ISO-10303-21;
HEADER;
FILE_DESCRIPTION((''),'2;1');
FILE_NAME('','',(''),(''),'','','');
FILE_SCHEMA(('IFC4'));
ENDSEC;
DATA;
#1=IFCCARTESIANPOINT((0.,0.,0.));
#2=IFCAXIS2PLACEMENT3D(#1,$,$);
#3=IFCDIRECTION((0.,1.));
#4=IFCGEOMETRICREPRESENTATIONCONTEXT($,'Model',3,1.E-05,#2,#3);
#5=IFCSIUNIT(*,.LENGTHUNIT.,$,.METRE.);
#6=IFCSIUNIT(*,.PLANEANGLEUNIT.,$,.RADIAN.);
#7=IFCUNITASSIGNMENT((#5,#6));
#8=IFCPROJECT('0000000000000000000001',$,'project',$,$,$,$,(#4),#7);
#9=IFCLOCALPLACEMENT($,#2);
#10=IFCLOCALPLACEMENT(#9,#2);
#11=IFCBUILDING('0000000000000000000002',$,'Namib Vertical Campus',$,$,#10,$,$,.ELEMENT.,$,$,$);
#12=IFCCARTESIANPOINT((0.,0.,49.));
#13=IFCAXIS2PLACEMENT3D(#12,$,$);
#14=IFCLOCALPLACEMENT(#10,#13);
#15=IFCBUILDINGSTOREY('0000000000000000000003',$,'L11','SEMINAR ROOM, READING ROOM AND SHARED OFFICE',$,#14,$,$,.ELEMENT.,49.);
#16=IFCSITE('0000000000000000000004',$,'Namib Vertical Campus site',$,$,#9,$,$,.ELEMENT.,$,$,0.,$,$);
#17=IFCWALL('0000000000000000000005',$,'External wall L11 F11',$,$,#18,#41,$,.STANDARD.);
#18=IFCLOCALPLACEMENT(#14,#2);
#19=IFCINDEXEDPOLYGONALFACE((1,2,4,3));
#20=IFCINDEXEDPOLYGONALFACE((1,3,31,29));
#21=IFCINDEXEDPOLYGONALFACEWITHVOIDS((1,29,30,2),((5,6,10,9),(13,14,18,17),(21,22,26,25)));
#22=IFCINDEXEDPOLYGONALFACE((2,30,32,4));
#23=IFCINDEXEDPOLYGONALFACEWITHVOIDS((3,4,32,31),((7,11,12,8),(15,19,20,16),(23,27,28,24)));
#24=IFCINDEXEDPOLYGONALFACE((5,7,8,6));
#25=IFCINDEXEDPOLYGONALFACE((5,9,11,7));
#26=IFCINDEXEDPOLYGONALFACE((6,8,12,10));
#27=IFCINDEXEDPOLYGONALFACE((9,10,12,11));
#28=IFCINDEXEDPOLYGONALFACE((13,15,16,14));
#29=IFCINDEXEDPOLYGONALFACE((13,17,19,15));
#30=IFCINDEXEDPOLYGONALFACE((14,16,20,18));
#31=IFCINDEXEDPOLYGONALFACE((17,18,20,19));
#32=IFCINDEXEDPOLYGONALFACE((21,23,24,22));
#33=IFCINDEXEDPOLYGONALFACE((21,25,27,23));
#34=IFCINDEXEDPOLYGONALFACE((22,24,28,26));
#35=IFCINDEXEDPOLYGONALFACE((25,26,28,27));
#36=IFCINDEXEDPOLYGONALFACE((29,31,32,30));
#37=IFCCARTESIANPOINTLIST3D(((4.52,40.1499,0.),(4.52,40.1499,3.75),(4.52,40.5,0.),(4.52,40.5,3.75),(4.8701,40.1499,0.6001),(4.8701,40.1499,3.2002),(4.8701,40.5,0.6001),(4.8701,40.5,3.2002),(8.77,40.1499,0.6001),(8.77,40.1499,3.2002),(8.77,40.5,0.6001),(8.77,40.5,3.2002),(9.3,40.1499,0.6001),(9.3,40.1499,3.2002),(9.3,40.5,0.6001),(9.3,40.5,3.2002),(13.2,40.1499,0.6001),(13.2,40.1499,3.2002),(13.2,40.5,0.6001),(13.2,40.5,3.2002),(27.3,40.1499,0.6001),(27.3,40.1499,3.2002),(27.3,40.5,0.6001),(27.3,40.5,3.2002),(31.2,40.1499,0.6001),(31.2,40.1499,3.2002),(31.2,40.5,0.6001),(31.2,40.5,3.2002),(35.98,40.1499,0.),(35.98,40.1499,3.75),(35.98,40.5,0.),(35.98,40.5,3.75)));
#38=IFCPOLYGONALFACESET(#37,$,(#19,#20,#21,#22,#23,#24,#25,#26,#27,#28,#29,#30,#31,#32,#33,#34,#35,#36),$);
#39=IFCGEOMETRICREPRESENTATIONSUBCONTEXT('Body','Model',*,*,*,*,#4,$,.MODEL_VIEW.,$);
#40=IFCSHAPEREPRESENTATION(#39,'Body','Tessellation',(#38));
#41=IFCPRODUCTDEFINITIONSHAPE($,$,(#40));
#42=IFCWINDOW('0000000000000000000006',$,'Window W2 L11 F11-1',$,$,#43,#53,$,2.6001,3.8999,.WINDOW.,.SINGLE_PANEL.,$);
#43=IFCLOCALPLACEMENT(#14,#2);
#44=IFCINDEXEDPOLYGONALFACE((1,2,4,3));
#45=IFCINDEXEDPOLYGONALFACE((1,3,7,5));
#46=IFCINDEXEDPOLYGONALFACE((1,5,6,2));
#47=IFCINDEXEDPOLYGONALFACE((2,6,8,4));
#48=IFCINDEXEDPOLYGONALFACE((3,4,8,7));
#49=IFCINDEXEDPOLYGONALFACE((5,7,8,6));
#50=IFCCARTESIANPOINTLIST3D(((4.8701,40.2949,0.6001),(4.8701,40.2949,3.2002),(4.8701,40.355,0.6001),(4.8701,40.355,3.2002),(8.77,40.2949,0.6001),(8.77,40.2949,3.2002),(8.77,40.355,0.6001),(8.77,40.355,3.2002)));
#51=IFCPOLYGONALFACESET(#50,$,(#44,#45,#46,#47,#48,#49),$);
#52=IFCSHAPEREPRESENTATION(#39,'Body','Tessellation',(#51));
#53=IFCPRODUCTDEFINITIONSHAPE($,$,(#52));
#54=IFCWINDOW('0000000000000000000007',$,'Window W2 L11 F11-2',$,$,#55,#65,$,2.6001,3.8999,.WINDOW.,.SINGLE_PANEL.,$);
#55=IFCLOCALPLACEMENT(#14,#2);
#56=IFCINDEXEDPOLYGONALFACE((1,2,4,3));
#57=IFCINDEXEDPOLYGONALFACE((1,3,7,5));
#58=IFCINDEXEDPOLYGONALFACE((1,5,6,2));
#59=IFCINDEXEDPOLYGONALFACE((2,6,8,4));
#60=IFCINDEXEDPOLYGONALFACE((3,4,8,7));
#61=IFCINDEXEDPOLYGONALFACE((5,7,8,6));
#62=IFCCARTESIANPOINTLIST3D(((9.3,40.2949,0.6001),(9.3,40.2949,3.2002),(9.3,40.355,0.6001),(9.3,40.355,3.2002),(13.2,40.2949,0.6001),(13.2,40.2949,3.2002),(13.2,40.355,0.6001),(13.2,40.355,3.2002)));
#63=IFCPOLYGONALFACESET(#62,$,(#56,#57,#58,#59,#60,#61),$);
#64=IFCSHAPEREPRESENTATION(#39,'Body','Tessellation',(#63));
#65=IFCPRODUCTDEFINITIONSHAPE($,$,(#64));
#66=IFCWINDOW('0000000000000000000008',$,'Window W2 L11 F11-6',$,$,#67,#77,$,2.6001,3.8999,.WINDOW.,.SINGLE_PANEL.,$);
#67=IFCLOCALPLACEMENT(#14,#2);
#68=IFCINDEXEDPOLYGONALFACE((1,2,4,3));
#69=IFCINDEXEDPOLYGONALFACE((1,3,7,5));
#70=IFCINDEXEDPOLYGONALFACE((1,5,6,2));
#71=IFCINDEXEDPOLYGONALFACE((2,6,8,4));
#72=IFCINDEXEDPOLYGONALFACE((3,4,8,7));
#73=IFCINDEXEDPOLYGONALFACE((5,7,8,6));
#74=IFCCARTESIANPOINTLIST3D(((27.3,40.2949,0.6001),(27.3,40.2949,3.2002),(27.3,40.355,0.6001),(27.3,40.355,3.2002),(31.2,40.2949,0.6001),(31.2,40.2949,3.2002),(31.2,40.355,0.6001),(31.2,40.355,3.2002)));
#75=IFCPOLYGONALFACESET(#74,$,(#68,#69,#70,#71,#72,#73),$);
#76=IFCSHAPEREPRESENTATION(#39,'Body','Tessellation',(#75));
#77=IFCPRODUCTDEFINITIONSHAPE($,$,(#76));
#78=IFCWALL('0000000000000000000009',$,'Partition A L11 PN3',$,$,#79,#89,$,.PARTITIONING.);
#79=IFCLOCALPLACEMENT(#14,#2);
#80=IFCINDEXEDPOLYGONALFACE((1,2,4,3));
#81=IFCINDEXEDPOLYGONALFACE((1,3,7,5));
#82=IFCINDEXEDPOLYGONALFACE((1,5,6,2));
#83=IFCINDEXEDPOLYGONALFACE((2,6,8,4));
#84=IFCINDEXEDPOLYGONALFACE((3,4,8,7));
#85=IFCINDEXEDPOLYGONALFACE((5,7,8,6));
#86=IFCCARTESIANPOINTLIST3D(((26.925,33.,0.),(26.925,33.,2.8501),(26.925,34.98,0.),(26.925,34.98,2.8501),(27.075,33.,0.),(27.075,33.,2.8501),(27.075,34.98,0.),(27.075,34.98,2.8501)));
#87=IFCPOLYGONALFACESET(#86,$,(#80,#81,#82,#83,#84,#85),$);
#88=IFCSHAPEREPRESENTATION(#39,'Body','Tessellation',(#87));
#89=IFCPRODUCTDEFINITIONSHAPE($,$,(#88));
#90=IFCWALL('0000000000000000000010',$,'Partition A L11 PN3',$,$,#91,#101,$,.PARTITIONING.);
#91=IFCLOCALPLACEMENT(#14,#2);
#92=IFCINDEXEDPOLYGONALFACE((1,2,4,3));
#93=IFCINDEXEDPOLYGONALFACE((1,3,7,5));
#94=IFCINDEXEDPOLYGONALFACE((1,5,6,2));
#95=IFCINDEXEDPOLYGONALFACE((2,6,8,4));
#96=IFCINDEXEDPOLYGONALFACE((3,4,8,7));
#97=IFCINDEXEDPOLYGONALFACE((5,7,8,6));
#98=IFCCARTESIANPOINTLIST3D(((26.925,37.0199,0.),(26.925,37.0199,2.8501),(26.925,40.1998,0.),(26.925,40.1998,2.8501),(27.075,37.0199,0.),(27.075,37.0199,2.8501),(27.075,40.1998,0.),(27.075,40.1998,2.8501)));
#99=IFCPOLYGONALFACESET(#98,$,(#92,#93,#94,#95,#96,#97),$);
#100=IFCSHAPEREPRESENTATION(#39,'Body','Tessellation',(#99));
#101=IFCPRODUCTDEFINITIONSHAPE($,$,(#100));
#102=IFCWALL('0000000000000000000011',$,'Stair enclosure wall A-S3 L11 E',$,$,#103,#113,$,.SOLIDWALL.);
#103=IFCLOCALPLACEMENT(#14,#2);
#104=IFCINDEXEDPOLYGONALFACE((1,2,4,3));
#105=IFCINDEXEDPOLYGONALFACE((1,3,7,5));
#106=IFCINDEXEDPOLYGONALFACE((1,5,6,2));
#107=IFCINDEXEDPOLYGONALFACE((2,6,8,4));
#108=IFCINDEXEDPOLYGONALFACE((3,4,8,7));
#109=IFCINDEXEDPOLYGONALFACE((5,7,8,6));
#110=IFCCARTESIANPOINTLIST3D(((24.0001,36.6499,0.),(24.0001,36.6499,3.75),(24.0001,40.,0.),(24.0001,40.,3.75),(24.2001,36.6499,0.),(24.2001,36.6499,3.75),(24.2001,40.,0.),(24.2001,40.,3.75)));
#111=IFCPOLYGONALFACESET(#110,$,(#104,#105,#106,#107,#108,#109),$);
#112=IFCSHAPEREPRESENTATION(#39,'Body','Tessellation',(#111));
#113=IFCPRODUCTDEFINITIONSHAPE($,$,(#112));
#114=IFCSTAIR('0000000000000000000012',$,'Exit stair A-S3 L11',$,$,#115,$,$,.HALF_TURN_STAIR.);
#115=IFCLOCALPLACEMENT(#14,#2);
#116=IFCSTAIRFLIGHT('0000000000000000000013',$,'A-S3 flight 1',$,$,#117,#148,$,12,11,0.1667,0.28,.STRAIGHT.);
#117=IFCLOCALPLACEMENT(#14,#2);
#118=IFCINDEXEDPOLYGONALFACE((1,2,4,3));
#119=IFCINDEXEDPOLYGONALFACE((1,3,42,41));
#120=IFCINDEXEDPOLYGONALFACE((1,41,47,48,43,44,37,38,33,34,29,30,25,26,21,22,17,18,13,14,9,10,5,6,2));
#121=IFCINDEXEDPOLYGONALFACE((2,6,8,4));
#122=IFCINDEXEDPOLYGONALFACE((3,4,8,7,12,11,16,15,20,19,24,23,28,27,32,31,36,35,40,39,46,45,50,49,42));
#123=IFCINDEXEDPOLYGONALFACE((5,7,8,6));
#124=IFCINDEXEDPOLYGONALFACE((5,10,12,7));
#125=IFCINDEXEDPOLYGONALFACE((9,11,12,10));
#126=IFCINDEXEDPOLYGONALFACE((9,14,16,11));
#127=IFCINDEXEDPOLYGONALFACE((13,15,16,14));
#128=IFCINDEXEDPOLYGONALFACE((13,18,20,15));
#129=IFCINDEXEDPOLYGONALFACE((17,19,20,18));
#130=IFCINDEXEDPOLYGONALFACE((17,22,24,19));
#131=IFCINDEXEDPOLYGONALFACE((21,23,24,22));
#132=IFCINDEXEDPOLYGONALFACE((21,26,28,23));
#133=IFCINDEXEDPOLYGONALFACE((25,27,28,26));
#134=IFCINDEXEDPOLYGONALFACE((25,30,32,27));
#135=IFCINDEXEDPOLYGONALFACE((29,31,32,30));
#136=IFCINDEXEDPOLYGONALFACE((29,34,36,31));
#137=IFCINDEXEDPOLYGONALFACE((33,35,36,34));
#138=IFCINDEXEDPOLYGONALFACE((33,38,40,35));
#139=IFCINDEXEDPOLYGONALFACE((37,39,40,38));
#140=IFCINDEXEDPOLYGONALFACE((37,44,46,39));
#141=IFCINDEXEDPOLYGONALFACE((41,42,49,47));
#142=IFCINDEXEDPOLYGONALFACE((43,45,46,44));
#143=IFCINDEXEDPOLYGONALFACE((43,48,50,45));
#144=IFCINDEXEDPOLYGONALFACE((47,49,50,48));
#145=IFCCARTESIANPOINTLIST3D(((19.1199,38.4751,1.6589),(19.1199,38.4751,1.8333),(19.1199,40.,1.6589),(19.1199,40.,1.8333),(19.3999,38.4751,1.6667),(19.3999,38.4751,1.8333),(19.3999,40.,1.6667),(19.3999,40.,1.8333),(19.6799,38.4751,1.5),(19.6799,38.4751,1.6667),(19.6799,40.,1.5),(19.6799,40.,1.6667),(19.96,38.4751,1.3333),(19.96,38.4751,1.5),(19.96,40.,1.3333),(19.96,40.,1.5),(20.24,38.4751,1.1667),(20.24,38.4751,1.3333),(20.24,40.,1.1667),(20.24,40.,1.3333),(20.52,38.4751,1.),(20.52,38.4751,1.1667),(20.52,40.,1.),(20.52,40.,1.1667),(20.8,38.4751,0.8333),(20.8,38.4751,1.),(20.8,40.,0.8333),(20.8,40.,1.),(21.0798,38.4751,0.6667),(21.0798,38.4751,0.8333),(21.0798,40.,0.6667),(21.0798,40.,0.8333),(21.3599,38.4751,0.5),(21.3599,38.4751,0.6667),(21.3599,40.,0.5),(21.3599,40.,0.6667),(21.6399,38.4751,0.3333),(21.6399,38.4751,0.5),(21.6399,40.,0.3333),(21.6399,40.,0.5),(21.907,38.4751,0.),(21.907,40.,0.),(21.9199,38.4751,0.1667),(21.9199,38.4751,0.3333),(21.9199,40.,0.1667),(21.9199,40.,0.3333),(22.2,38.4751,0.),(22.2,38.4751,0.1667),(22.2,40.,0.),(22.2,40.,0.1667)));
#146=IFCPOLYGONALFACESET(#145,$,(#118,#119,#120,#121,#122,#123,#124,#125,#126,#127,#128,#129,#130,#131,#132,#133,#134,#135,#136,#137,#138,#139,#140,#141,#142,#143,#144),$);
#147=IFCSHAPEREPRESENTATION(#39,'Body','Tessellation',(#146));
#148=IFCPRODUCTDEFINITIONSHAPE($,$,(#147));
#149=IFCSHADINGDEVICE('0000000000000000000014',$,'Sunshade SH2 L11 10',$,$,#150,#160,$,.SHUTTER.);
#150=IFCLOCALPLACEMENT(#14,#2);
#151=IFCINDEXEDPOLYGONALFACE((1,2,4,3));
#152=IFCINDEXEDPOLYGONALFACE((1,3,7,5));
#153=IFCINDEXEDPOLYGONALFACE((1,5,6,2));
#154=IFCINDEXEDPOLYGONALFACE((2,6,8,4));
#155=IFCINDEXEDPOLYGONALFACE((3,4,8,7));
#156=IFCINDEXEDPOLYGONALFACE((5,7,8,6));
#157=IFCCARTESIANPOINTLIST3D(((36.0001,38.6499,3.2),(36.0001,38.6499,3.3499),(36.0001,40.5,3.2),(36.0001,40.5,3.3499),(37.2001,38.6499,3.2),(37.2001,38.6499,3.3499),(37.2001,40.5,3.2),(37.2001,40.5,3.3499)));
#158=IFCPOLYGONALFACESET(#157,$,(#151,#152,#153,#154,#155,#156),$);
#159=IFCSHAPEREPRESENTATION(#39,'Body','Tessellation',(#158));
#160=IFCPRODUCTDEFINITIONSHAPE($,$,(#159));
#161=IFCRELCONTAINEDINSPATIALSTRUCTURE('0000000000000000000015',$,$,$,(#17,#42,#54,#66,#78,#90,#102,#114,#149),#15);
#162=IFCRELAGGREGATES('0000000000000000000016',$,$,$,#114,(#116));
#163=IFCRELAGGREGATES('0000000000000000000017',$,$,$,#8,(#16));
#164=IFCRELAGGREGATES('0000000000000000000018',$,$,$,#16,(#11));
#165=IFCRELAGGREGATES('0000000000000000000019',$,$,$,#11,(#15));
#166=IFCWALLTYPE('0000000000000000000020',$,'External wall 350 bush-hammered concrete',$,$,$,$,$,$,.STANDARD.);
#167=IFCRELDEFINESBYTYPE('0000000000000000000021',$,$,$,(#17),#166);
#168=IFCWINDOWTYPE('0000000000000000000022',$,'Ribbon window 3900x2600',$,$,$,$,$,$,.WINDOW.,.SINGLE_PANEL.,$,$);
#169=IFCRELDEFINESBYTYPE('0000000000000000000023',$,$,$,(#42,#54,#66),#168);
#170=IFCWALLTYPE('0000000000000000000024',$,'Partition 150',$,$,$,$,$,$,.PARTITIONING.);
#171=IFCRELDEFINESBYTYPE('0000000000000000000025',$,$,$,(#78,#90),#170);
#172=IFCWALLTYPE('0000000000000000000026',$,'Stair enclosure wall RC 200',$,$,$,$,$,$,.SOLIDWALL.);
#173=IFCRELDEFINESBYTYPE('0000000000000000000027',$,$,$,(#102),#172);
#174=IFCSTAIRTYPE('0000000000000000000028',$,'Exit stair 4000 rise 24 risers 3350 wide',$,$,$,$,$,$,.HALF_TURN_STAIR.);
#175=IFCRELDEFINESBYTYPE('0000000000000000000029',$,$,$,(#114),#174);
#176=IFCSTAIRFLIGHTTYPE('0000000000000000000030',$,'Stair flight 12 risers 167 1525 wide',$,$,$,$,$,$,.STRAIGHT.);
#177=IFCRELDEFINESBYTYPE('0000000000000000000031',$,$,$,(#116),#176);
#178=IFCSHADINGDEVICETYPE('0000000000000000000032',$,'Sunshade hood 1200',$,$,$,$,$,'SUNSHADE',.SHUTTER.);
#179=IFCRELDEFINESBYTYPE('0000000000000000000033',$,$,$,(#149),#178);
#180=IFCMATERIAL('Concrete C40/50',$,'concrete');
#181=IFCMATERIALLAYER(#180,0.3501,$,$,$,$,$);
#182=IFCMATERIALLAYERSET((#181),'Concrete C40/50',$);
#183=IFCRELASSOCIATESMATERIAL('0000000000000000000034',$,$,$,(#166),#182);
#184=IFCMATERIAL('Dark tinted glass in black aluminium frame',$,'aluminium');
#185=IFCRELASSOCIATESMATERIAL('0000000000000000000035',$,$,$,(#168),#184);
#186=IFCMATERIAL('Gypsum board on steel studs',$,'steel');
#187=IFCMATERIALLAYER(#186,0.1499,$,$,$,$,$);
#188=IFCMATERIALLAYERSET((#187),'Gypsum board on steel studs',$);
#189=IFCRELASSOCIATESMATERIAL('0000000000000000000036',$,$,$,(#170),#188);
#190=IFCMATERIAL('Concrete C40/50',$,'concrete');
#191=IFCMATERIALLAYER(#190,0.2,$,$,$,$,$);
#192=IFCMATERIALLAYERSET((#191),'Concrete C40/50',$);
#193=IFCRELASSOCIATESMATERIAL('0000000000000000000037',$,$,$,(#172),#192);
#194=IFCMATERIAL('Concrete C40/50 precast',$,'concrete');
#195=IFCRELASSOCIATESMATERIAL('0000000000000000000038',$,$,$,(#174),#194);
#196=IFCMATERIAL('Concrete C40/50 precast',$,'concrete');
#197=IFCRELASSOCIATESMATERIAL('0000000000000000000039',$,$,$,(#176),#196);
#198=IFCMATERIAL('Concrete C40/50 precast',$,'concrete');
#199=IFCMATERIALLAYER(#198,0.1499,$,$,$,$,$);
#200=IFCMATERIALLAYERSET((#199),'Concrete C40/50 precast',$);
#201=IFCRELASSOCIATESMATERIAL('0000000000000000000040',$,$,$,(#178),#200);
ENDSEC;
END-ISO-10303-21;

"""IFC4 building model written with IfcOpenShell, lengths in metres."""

from ifc_helpers import new_model, si_unit, direction, frame, frame_2d, origin, origin_2d, place, context, subcontext, project, spatial, polyline, rectangle, outline, extrude, material, layer, layer_set, type_object, element, fill, aggregate, save


model = new_model("IFC4")

# Units and contexts
model_context = context("Model", 3, precision=1e-05, world=origin(), true_north=direction((0.0, 1.0)))
body_context = subcontext(model_context, "Body", "Model", "MODEL_VIEW")
ifc_project = project(units=[si_unit("LENGTHUNIT", "METRE"), si_unit("PLANEANGLEUNIT", "RADIAN")], contexts=[model_context])

# Site, building, storey
site_placement = place(None, origin())
site = spatial("IfcSite", under=ifc_project, at=site_placement, Name="Namib Vertical Campus site", CompositionType="ELEMENT", RefElevation=0.0)
building_placement = place(site_placement, origin())
building = spatial("IfcBuilding", under=site, at=building_placement, Name="Namib Vertical Campus", CompositionType="ELEMENT")
storey_placement = place(building_placement, frame((0.0, 0.0, 49.0)))
storey = spatial("IfcBuildingStorey", under=building, at=storey_placement, Name="L11", Description="SEMINAR ROOM, READING ROOM AND SHARED OFFICE", CompositionType="ELEMENT", Elevation=49.0)

# Shared definitions
ifc_material_1 = material(Name="Concrete C40/50", Category="concrete")
ifc_layer_1 = layer(ifc_material_1, 0.3501)
ifc_layer_set_1 = layer_set([ifc_layer_1], Name="Concrete C40/50")
wall_type_1 = type_object("IfcWallType", Name="External wall 350 bush-hammered concrete", PredefinedType="STANDARD", material=ifc_layer_set_1)

# Wall, openings, windows
wall_1_placement = place(storey_placement, frame((35.98, 40.325, 0.0), z_axis=(0.0, 0.0, 1.0), x_axis=(-1.0, 0.0, 0.0)))
wall_1 = element("IfcWall", 1, at=wall_1_placement, inside=storey, type_object=wall_type_1, Name="External wall L11 F11", PredefinedType="STANDARD", context=body_context, shape_type="SweptSolid", body=[
    extrude(rectangle(XDim=31.46, YDim=0.3501, at=frame_2d((15.73, 0.0))), origin(), (0.0, 0.0, 1.0), 3.75),
])
opening_1_placement = place(wall_1_placement, frame((27.21, 0.0, 0.6001)))
opening_1 = element("IfcOpeningElement", 2, at=opening_1_placement, cuts=wall_1, PredefinedType="OPENING", context=body_context, shape_type="SweptSolid", body=[
    extrude(rectangle(XDim=3.8999, YDim=2.6001, at=frame_2d((1.95, 1.3))), frame((0.0, 0.1851, 0.0), z_axis=(0.0, -1.0, 0.0), x_axis=(1.0, 0.0, 0.0)), (0.0, 0.0, 1.0), 0.3701),
])
opening_2_placement = place(wall_1_placement, frame((22.78, 0.0, 0.6001)))
opening_2 = element("IfcOpeningElement", 3, at=opening_2_placement, cuts=wall_1, PredefinedType="OPENING", context=body_context, shape_type="SweptSolid", body=[
    extrude(rectangle(XDim=3.8999, YDim=2.6001, at=frame_2d((1.95, 1.3))), frame((0.0, 0.1851, 0.0), z_axis=(0.0, -1.0, 0.0), x_axis=(1.0, 0.0, 0.0)), (0.0, 0.0, 1.0), 0.3701),
])
opening_3_placement = place(wall_1_placement, frame((4.78, 0.0, 0.6001)))
opening_3 = element("IfcOpeningElement", 4, at=opening_3_placement, cuts=wall_1, PredefinedType="OPENING", context=body_context, shape_type="SweptSolid", body=[
    extrude(rectangle(XDim=3.8999, YDim=2.6001, at=frame_2d((1.95, 1.3))), frame((0.0, 0.1851, 0.0), z_axis=(0.0, -1.0, 0.0), x_axis=(1.0, 0.0, 0.0)), (0.0, 0.0, 1.0), 0.3701),
])
ifc_material_2 = material(Name="Dark tinted glass in black aluminium frame", Category="aluminium")
window_type = type_object("IfcWindowType", Name="Ribbon window 3900x2600", PartitioningType="SINGLE_PANEL", PredefinedType="WINDOW", material=ifc_material_2)
window_1_placement = place(opening_1_placement, origin())
window_1 = element("IfcWindow", 5, at=window_1_placement, inside=storey, type_object=window_type, Name="Window W2 L11 F11-1", OverallHeight=2.6001, OverallWidth=3.8999, PartitioningType="SINGLE_PANEL", PredefinedType="WINDOW", context=body_context, shape_type="SweptSolid", body=[
    extrude(rectangle(XDim=3.8999, YDim=2.6001, at=frame_2d((1.95, 1.3))), frame((0.0, 0.03, 0.0), z_axis=(0.0, -1.0, 0.0), x_axis=(1.0, 0.0, 0.0)), (0.0, 0.0, 1.0), 0.0601),
])
fill(opening_1, window_1)
window_2_placement = place(opening_2_placement, origin())
window_2 = element("IfcWindow", 6, at=window_2_placement, inside=storey, type_object=window_type, Name="Window W2 L11 F11-2", OverallHeight=2.6001, OverallWidth=3.8999, PartitioningType="SINGLE_PANEL", PredefinedType="WINDOW", context=body_context, shape_type="SweptSolid", body=[
    extrude(rectangle(XDim=3.8999, YDim=2.6001, at=frame_2d((1.95, 1.3))), frame((0.0, 0.03, 0.0), z_axis=(0.0, -1.0, 0.0), x_axis=(1.0, 0.0, 0.0)), (0.0, 0.0, 1.0), 0.0601),
])
fill(opening_2, window_2)
window_3_placement = place(opening_3_placement, origin())
window_3 = element("IfcWindow", 7, at=window_3_placement, inside=storey, type_object=window_type, Name="Window W2 L11 F11-6", OverallHeight=2.6001, OverallWidth=3.8999, PartitioningType="SINGLE_PANEL", PredefinedType="WINDOW", context=body_context, shape_type="SweptSolid", body=[
    extrude(rectangle(XDim=3.8999, YDim=2.6001, at=frame_2d((1.95, 1.3))), frame((0.0, 0.03, 0.0), z_axis=(0.0, -1.0, 0.0), x_axis=(1.0, 0.0, 0.0)), (0.0, 0.0, 1.0), 0.0601),
])
fill(opening_3, window_3)

# Walls
ifc_material_3 = material(Name="Gypsum board on steel studs", Category="steel")
ifc_layer_2 = layer(ifc_material_3, 0.1499)
ifc_layer_set_2 = layer_set([ifc_layer_2], Name="Gypsum board on steel studs")
wall_type_2 = type_object("IfcWallType", Name="Partition 150", PredefinedType="PARTITIONING", material=ifc_layer_set_2)
wall_2_placement = place(storey_placement, frame((27.0, 33.0, 0.0), z_axis=(0.0, 0.0, 1.0), x_axis=(0.0, 1.0, 0.0)))
element("IfcWall", 8, at=wall_2_placement, inside=storey, type_object=wall_type_2, Name="Partition A L11 PN3", PredefinedType="PARTITIONING", context=body_context, shape_type="SweptSolid", body=[
    extrude(rectangle(XDim=1.98, YDim=0.1499, at=frame_2d((0.99, 0.0))), origin(), (0.0, 0.0, 1.0), 2.8501),
])
wall_3_placement = place(storey_placement, frame((27.0, 37.02, 0.0), z_axis=(0.0, 0.0, 1.0), x_axis=(0.0, 1.0, 0.0)))
element("IfcWall", 9, at=wall_3_placement, inside=storey, type_object=wall_type_2, Name="Partition A L11 PN3", PredefinedType="PARTITIONING", context=body_context, shape_type="SweptSolid", body=[
    extrude(rectangle(XDim=3.1799, YDim=0.1499, at=frame_2d((1.5898, 0.0))), origin(), (0.0, 0.0, 1.0), 2.8501),
])
ifc_material_4 = material(Name="Concrete C40/50", Category="concrete")
ifc_layer_3 = layer(ifc_material_4, 0.2)
ifc_layer_set_3 = layer_set([ifc_layer_3], Name="Concrete C40/50")
wall_type_3 = type_object("IfcWallType", Name="Stair enclosure wall RC 200", PredefinedType="SOLIDWALL", material=ifc_layer_set_3)
wall_4_placement = place(storey_placement, frame((24.1001, 36.6499, 0.0), z_axis=(0.0, 0.0, 1.0), x_axis=(0.0, 1.0, 0.0)))
element("IfcWall", 10, at=wall_4_placement, inside=storey, type_object=wall_type_3, Name="Stair enclosure wall A-S3 L11 E", PredefinedType="SOLIDWALL", context=body_context, shape_type="SweptSolid", body=[
    extrude(rectangle(XDim=3.3501, YDim=0.2, at=frame_2d((1.675, 0.0))), origin(), (0.0, 0.0, 1.0), 3.75),
])

# Stair, stair flight
ifc_material_5 = material(Name="Concrete C40/50 precast", Category="concrete")
stair_type = type_object("IfcStairType", Name="Exit stair 4000 rise 24 risers 3350 wide", PredefinedType="HALF_TURN_STAIR", material=ifc_material_5)
stair_placement = place(storey_placement, origin())
stair = element("IfcStair", 11, at=stair_placement, inside=storey, type_object=stair_type, Name="Exit stair A-S3 L11", PredefinedType="HALF_TURN_STAIR")
ifc_material_6 = material(Name="Concrete C40/50 precast", Category="concrete")
stair_flight_type = type_object("IfcStairFlightType", Name="Stair flight 12 risers 167 1525 wide", PredefinedType="STRAIGHT", material=ifc_material_6)
stair_flight_placement = place(storey_placement, frame((22.2, 39.2375, 0.0), z_axis=(0.0, 0.0, 1.0), x_axis=(-1.0, 0.0, 0.0)))
stair_flight = element("IfcStairFlight", 12, at=stair_flight_placement, type_object=stair_flight_type, Name="A-S3 flight 1", NumberOfRisers=12, NumberOfTreads=11, PredefinedType="STRAIGHT", RiserHeight=0.1667, TreadLength=0.28, context=body_context, shape_type="SweptSolid", body=[
    extrude(outline(polyline([(0.0, 0.0), (0.0, 0.1667), (0.28, 0.1667), (0.28, 0.3333), (0.5601, 0.3333), (0.5601, 0.5), (0.8401, 0.5), (0.8401, 0.6667), (1.1201, 0.6667), (1.1201, 0.8333), (1.3999, 0.8333), (1.3999, 1.0), (1.6799, 1.0), (1.6799, 1.1667), (1.96, 1.1667), (1.96, 1.3333), (2.24, 1.3333), (2.24, 1.5), (2.52, 1.5), (2.52, 1.6667), (2.8, 1.6667), (2.8, 1.8333), (3.0801, 1.8333), (3.0801, 2.0), (3.0801, 1.6589), (0.293, 0.0), (0.0, 0.0)])), frame((0.0, 0.7625, 0.0), z_axis=(0.0, -1.0, 0.0), x_axis=(1.0, 0.0, 0.0)), (0.0, 0.0, 1.0), 1.5249),
])
aggregate(stair, [stair_flight])

# Shading device
ifc_material_7 = material(Name="Concrete C40/50 precast", Category="concrete")
ifc_layer_4 = layer(ifc_material_7, 0.1499)
ifc_layer_set_4 = layer_set([ifc_layer_4], Name="Concrete C40/50 precast")
shading_device_type = type_object("IfcShadingDeviceType", Name="Sunshade hood 1200", ElementType="SUNSHADE", PredefinedType="SHUTTER", material=ifc_layer_set_4)
shading_device_placement = place(storey_placement, frame((36.6001, 39.575, 3.2), z_axis=(0.0, 0.0, 1.0), x_axis=(0.0, 1.0, 0.0)))
element("IfcShadingDevice", 13, at=shading_device_placement, inside=storey, type_object=shading_device_type, Name="Sunshade SH2 L11 10", PredefinedType="SHUTTER", context=body_context, shape_type="SweptSolid", body=[
    extrude(rectangle(XDim=1.8501, YDim=1.2, at=origin_2d()), origin(), (0.0, 0.0, 1.0), 0.1499),
])

save(model, "model.ifc")
